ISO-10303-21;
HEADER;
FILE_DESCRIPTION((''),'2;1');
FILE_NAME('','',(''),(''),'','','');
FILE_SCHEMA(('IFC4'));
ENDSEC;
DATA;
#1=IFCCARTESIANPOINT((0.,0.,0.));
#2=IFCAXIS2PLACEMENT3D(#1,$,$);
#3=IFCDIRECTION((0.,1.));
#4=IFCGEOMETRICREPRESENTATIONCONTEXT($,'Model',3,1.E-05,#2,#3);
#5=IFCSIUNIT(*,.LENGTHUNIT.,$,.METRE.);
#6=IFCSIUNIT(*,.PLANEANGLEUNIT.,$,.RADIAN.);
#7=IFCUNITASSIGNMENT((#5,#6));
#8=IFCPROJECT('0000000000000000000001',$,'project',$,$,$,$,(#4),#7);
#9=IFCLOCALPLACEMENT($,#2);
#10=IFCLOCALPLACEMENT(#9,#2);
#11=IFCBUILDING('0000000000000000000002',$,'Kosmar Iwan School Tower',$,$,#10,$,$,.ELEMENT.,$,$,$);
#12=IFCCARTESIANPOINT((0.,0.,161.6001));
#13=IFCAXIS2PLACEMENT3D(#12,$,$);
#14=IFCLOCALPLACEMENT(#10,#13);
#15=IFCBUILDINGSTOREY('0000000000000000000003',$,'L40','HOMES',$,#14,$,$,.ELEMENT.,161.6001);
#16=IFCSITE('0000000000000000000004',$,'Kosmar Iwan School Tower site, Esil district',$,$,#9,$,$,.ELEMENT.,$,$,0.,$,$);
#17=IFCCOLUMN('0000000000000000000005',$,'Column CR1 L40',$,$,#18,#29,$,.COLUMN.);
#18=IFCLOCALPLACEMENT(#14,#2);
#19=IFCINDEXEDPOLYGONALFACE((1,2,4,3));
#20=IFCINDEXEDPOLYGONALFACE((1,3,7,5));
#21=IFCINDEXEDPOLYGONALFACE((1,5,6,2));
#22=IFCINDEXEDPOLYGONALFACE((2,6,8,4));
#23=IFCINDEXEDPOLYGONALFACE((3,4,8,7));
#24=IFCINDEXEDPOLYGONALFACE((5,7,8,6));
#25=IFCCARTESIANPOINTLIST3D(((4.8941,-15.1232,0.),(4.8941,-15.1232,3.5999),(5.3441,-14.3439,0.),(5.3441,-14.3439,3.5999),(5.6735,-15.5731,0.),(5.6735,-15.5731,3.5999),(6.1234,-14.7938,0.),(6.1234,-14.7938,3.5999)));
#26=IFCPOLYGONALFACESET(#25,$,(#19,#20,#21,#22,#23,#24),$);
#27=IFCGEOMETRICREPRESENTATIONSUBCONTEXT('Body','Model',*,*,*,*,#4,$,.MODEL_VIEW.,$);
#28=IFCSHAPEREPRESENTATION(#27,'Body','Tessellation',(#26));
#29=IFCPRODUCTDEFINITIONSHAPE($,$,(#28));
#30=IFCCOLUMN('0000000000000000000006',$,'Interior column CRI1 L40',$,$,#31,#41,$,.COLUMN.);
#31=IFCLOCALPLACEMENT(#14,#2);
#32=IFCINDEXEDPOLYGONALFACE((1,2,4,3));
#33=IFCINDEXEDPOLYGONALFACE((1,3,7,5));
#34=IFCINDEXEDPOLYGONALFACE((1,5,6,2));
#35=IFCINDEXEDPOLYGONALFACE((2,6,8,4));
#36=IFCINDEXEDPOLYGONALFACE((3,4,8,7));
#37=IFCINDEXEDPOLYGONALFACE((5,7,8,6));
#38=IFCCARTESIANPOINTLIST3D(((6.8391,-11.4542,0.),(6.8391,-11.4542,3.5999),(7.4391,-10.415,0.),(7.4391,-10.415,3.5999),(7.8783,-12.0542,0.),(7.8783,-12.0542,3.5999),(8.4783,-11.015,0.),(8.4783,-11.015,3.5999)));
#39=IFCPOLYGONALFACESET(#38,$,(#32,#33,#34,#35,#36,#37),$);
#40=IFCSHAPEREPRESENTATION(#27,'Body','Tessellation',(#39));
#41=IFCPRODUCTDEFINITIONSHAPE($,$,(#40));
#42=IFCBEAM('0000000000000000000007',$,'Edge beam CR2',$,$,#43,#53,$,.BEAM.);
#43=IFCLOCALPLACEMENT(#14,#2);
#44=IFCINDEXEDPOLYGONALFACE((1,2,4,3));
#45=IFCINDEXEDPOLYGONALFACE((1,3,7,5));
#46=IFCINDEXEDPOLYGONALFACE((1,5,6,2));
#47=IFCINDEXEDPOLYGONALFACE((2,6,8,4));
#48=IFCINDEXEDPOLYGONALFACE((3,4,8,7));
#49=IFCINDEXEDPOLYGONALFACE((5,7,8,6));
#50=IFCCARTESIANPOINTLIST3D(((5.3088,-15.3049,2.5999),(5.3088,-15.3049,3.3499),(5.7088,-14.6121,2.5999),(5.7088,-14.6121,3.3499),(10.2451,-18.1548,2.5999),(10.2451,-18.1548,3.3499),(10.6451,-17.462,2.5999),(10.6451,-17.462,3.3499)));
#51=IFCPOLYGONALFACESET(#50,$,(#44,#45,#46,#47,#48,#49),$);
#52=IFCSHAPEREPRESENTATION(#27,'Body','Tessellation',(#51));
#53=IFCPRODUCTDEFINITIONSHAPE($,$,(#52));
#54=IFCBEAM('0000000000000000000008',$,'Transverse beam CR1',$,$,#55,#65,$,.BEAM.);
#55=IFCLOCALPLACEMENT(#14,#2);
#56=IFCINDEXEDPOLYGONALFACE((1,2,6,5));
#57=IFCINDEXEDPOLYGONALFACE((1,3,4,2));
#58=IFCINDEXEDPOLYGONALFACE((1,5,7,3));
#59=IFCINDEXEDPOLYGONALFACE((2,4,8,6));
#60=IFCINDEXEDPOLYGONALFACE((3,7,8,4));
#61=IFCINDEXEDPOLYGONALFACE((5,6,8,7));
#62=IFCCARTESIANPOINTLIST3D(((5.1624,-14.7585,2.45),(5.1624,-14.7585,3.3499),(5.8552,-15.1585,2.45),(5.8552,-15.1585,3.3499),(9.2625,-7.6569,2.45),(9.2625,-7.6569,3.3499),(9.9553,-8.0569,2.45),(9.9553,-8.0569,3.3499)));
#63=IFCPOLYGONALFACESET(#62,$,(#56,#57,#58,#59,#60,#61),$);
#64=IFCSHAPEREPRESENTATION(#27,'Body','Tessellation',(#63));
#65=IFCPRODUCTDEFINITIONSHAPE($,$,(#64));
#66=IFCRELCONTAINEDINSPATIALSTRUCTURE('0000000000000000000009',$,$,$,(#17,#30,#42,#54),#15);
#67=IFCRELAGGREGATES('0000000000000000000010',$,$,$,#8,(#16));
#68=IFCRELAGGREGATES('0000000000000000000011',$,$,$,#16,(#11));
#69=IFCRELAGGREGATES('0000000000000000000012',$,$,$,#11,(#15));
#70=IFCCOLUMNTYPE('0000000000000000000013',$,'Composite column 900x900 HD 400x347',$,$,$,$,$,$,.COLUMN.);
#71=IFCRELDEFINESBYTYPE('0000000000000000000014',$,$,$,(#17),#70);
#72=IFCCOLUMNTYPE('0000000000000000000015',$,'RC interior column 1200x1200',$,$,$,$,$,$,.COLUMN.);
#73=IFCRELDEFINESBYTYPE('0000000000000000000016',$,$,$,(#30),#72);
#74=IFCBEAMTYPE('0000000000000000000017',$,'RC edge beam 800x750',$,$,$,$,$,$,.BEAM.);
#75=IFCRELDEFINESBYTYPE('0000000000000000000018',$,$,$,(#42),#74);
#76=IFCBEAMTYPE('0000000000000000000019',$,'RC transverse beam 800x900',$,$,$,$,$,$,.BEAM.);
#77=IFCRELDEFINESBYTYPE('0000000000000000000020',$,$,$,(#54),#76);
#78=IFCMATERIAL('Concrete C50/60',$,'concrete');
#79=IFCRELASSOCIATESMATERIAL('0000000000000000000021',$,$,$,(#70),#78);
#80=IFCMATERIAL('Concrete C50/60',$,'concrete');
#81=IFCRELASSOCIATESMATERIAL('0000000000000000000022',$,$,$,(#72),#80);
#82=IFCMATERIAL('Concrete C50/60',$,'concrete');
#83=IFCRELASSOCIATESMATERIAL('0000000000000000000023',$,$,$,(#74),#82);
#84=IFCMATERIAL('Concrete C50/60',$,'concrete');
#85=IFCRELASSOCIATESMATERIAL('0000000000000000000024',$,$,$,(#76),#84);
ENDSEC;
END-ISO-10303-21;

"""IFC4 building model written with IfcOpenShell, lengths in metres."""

from ifc_helpers import new_model, si_unit, direction, frame, origin, origin_2d, place, context, subcontext, project, spatial, rectangle, extrude, material, material_profile, profile_set, type_object, element, save


model = new_model("IFC4")

# Units and contexts
model_context = context("Model", 3, precision=1e-05, world=origin(), true_north=direction((0.0, 1.0)))
body_context = subcontext(model_context, "Body", "Model", "MODEL_VIEW")
ifc_project = project(units=[si_unit("LENGTHUNIT", "METRE"), si_unit("PLANEANGLEUNIT", "RADIAN")], contexts=[model_context])

# Site, building, storey
site_placement = place(None, origin())
site = spatial("IfcSite", under=ifc_project, at=site_placement, Name="Kosmar Iwan School Tower site, Esil district", CompositionType="ELEMENT", RefElevation=0.0)
building_placement = place(site_placement, origin())
building = spatial("IfcBuilding", under=site, at=building_placement, Name="Kosmar Iwan School Tower", CompositionType="ELEMENT")
storey_placement = place(building_placement, frame((0.0, 0.0, 161.6001)))
storey = spatial("IfcBuildingStorey", under=building, at=storey_placement, Name="L40", Description="HOMES", CompositionType="ELEMENT", Elevation=161.6001)

# Columns
ifc_material_1 = material(Name="Concrete C50/60", Category="concrete")
ifc_material_profile_1 = material_profile(ifc_material_1, rectangle(XDim=0.8999, YDim=0.8999, at=origin_2d()), Name="RC 900x900 + HD 400x347")
ifc_profile_set_1 = profile_set([ifc_material_profile_1], Name="Concrete C50/60")
column_type_1 = type_object("IfcColumnType", Name="Composite column 900x900 HD 400x347", PredefinedType="COLUMN", material=ifc_profile_set_1)
column_1_placement = place(storey_placement, frame((5.5088, -14.9585, 0.0), z_axis=(0.0, 0.0, 1.0), x_axis=(0.866025, -0.5, 0.0)))
element("IfcColumn", 1, at=column_1_placement, inside=storey, type_object=column_type_1, Name="Column CR1 L40", PredefinedType="COLUMN", context=body_context, shape_type="SweptSolid", body=[
    extrude(rectangle(XDim=0.8999, YDim=0.8999, at=origin_2d()), origin(), (0.0, 0.0, 1.0), 3.5999),
])
ifc_material_2 = material(Name="Concrete C50/60", Category="concrete")
ifc_material_profile_2 = material_profile(ifc_material_2, rectangle(XDim=1.2, YDim=1.2, at=origin_2d()), Name="RC 1200x1200")
ifc_profile_set_2 = profile_set([ifc_material_profile_2], Name="Concrete C50/60")
column_type_2 = type_object("IfcColumnType", Name="RC interior column 1200x1200", PredefinedType="COLUMN", material=ifc_profile_set_2)
column_2_placement = place(storey_placement, frame((7.6587, -11.2346, 0.0), z_axis=(0.0, 0.0, 1.0), x_axis=(0.866025, -0.5, 0.0)))
element("IfcColumn", 2, at=column_2_placement, inside=storey, type_object=column_type_2, Name="Interior column CRI1 L40", PredefinedType="COLUMN", context=body_context, shape_type="SweptSolid", body=[
    extrude(rectangle(XDim=1.2, YDim=1.2, at=origin_2d()), origin(), (0.0, 0.0, 1.0), 3.5999),
])

# Beams
ifc_material_3 = material(Name="Concrete C50/60", Category="concrete")
ifc_material_profile_3 = material_profile(ifc_material_3, rectangle(XDim=0.8, YDim=0.75, at=origin_2d()), Name="RC 800x750")
ifc_profile_set_3 = profile_set([ifc_material_profile_3], Name="Concrete C50/60")
beam_type_1 = type_object("IfcBeamType", Name="RC edge beam 800x750", PredefinedType="BEAM", material=ifc_profile_set_3)
beam_1_placement = place(storey_placement, frame((5.5088, -14.9585, 2.9749), z_axis=(0.866034, -0.499986, 0.0), x_axis=(0.499986, 0.866034, 0.0)))
element("IfcBeam", 3, at=beam_1_placement, inside=storey, type_object=beam_type_1, Name="Edge beam CR2", PredefinedType="BEAM", context=body_context, shape_type="SweptSolid", body=[
    extrude(rectangle(XDim=0.8, YDim=0.75, at=origin_2d()), origin(), (0.0, 0.0, 1.0), 5.7),
])
ifc_material_4 = material(Name="Concrete C50/60", Category="concrete")
ifc_material_profile_4 = material_profile(ifc_material_4, rectangle(XDim=0.8, YDim=0.8999, at=origin_2d()), Name="RC 800x900")
ifc_profile_set_4 = profile_set([ifc_material_profile_4], Name="Concrete C50/60")
beam_type_2 = type_object("IfcBeamType", Name="RC transverse beam 800x900", PredefinedType="BEAM", material=ifc_profile_set_4)
beam_2_placement = place(storey_placement, frame((5.5088, -14.9585, 2.8999), z_axis=(0.500001, 0.866025, 0.0), x_axis=(-0.866025, 0.500001, 0.0)))
element("IfcBeam", 4, at=beam_2_placement, inside=storey, type_object=beam_type_2, Name="Transverse beam CR1", PredefinedType="BEAM", context=body_context, shape_type="SweptSolid", body=[
    extrude(rectangle(XDim=0.8, YDim=0.8999, at=origin_2d()), origin(), (0.0, 0.0, 1.0), 8.2002),
])

save(model, "model.ifc")
